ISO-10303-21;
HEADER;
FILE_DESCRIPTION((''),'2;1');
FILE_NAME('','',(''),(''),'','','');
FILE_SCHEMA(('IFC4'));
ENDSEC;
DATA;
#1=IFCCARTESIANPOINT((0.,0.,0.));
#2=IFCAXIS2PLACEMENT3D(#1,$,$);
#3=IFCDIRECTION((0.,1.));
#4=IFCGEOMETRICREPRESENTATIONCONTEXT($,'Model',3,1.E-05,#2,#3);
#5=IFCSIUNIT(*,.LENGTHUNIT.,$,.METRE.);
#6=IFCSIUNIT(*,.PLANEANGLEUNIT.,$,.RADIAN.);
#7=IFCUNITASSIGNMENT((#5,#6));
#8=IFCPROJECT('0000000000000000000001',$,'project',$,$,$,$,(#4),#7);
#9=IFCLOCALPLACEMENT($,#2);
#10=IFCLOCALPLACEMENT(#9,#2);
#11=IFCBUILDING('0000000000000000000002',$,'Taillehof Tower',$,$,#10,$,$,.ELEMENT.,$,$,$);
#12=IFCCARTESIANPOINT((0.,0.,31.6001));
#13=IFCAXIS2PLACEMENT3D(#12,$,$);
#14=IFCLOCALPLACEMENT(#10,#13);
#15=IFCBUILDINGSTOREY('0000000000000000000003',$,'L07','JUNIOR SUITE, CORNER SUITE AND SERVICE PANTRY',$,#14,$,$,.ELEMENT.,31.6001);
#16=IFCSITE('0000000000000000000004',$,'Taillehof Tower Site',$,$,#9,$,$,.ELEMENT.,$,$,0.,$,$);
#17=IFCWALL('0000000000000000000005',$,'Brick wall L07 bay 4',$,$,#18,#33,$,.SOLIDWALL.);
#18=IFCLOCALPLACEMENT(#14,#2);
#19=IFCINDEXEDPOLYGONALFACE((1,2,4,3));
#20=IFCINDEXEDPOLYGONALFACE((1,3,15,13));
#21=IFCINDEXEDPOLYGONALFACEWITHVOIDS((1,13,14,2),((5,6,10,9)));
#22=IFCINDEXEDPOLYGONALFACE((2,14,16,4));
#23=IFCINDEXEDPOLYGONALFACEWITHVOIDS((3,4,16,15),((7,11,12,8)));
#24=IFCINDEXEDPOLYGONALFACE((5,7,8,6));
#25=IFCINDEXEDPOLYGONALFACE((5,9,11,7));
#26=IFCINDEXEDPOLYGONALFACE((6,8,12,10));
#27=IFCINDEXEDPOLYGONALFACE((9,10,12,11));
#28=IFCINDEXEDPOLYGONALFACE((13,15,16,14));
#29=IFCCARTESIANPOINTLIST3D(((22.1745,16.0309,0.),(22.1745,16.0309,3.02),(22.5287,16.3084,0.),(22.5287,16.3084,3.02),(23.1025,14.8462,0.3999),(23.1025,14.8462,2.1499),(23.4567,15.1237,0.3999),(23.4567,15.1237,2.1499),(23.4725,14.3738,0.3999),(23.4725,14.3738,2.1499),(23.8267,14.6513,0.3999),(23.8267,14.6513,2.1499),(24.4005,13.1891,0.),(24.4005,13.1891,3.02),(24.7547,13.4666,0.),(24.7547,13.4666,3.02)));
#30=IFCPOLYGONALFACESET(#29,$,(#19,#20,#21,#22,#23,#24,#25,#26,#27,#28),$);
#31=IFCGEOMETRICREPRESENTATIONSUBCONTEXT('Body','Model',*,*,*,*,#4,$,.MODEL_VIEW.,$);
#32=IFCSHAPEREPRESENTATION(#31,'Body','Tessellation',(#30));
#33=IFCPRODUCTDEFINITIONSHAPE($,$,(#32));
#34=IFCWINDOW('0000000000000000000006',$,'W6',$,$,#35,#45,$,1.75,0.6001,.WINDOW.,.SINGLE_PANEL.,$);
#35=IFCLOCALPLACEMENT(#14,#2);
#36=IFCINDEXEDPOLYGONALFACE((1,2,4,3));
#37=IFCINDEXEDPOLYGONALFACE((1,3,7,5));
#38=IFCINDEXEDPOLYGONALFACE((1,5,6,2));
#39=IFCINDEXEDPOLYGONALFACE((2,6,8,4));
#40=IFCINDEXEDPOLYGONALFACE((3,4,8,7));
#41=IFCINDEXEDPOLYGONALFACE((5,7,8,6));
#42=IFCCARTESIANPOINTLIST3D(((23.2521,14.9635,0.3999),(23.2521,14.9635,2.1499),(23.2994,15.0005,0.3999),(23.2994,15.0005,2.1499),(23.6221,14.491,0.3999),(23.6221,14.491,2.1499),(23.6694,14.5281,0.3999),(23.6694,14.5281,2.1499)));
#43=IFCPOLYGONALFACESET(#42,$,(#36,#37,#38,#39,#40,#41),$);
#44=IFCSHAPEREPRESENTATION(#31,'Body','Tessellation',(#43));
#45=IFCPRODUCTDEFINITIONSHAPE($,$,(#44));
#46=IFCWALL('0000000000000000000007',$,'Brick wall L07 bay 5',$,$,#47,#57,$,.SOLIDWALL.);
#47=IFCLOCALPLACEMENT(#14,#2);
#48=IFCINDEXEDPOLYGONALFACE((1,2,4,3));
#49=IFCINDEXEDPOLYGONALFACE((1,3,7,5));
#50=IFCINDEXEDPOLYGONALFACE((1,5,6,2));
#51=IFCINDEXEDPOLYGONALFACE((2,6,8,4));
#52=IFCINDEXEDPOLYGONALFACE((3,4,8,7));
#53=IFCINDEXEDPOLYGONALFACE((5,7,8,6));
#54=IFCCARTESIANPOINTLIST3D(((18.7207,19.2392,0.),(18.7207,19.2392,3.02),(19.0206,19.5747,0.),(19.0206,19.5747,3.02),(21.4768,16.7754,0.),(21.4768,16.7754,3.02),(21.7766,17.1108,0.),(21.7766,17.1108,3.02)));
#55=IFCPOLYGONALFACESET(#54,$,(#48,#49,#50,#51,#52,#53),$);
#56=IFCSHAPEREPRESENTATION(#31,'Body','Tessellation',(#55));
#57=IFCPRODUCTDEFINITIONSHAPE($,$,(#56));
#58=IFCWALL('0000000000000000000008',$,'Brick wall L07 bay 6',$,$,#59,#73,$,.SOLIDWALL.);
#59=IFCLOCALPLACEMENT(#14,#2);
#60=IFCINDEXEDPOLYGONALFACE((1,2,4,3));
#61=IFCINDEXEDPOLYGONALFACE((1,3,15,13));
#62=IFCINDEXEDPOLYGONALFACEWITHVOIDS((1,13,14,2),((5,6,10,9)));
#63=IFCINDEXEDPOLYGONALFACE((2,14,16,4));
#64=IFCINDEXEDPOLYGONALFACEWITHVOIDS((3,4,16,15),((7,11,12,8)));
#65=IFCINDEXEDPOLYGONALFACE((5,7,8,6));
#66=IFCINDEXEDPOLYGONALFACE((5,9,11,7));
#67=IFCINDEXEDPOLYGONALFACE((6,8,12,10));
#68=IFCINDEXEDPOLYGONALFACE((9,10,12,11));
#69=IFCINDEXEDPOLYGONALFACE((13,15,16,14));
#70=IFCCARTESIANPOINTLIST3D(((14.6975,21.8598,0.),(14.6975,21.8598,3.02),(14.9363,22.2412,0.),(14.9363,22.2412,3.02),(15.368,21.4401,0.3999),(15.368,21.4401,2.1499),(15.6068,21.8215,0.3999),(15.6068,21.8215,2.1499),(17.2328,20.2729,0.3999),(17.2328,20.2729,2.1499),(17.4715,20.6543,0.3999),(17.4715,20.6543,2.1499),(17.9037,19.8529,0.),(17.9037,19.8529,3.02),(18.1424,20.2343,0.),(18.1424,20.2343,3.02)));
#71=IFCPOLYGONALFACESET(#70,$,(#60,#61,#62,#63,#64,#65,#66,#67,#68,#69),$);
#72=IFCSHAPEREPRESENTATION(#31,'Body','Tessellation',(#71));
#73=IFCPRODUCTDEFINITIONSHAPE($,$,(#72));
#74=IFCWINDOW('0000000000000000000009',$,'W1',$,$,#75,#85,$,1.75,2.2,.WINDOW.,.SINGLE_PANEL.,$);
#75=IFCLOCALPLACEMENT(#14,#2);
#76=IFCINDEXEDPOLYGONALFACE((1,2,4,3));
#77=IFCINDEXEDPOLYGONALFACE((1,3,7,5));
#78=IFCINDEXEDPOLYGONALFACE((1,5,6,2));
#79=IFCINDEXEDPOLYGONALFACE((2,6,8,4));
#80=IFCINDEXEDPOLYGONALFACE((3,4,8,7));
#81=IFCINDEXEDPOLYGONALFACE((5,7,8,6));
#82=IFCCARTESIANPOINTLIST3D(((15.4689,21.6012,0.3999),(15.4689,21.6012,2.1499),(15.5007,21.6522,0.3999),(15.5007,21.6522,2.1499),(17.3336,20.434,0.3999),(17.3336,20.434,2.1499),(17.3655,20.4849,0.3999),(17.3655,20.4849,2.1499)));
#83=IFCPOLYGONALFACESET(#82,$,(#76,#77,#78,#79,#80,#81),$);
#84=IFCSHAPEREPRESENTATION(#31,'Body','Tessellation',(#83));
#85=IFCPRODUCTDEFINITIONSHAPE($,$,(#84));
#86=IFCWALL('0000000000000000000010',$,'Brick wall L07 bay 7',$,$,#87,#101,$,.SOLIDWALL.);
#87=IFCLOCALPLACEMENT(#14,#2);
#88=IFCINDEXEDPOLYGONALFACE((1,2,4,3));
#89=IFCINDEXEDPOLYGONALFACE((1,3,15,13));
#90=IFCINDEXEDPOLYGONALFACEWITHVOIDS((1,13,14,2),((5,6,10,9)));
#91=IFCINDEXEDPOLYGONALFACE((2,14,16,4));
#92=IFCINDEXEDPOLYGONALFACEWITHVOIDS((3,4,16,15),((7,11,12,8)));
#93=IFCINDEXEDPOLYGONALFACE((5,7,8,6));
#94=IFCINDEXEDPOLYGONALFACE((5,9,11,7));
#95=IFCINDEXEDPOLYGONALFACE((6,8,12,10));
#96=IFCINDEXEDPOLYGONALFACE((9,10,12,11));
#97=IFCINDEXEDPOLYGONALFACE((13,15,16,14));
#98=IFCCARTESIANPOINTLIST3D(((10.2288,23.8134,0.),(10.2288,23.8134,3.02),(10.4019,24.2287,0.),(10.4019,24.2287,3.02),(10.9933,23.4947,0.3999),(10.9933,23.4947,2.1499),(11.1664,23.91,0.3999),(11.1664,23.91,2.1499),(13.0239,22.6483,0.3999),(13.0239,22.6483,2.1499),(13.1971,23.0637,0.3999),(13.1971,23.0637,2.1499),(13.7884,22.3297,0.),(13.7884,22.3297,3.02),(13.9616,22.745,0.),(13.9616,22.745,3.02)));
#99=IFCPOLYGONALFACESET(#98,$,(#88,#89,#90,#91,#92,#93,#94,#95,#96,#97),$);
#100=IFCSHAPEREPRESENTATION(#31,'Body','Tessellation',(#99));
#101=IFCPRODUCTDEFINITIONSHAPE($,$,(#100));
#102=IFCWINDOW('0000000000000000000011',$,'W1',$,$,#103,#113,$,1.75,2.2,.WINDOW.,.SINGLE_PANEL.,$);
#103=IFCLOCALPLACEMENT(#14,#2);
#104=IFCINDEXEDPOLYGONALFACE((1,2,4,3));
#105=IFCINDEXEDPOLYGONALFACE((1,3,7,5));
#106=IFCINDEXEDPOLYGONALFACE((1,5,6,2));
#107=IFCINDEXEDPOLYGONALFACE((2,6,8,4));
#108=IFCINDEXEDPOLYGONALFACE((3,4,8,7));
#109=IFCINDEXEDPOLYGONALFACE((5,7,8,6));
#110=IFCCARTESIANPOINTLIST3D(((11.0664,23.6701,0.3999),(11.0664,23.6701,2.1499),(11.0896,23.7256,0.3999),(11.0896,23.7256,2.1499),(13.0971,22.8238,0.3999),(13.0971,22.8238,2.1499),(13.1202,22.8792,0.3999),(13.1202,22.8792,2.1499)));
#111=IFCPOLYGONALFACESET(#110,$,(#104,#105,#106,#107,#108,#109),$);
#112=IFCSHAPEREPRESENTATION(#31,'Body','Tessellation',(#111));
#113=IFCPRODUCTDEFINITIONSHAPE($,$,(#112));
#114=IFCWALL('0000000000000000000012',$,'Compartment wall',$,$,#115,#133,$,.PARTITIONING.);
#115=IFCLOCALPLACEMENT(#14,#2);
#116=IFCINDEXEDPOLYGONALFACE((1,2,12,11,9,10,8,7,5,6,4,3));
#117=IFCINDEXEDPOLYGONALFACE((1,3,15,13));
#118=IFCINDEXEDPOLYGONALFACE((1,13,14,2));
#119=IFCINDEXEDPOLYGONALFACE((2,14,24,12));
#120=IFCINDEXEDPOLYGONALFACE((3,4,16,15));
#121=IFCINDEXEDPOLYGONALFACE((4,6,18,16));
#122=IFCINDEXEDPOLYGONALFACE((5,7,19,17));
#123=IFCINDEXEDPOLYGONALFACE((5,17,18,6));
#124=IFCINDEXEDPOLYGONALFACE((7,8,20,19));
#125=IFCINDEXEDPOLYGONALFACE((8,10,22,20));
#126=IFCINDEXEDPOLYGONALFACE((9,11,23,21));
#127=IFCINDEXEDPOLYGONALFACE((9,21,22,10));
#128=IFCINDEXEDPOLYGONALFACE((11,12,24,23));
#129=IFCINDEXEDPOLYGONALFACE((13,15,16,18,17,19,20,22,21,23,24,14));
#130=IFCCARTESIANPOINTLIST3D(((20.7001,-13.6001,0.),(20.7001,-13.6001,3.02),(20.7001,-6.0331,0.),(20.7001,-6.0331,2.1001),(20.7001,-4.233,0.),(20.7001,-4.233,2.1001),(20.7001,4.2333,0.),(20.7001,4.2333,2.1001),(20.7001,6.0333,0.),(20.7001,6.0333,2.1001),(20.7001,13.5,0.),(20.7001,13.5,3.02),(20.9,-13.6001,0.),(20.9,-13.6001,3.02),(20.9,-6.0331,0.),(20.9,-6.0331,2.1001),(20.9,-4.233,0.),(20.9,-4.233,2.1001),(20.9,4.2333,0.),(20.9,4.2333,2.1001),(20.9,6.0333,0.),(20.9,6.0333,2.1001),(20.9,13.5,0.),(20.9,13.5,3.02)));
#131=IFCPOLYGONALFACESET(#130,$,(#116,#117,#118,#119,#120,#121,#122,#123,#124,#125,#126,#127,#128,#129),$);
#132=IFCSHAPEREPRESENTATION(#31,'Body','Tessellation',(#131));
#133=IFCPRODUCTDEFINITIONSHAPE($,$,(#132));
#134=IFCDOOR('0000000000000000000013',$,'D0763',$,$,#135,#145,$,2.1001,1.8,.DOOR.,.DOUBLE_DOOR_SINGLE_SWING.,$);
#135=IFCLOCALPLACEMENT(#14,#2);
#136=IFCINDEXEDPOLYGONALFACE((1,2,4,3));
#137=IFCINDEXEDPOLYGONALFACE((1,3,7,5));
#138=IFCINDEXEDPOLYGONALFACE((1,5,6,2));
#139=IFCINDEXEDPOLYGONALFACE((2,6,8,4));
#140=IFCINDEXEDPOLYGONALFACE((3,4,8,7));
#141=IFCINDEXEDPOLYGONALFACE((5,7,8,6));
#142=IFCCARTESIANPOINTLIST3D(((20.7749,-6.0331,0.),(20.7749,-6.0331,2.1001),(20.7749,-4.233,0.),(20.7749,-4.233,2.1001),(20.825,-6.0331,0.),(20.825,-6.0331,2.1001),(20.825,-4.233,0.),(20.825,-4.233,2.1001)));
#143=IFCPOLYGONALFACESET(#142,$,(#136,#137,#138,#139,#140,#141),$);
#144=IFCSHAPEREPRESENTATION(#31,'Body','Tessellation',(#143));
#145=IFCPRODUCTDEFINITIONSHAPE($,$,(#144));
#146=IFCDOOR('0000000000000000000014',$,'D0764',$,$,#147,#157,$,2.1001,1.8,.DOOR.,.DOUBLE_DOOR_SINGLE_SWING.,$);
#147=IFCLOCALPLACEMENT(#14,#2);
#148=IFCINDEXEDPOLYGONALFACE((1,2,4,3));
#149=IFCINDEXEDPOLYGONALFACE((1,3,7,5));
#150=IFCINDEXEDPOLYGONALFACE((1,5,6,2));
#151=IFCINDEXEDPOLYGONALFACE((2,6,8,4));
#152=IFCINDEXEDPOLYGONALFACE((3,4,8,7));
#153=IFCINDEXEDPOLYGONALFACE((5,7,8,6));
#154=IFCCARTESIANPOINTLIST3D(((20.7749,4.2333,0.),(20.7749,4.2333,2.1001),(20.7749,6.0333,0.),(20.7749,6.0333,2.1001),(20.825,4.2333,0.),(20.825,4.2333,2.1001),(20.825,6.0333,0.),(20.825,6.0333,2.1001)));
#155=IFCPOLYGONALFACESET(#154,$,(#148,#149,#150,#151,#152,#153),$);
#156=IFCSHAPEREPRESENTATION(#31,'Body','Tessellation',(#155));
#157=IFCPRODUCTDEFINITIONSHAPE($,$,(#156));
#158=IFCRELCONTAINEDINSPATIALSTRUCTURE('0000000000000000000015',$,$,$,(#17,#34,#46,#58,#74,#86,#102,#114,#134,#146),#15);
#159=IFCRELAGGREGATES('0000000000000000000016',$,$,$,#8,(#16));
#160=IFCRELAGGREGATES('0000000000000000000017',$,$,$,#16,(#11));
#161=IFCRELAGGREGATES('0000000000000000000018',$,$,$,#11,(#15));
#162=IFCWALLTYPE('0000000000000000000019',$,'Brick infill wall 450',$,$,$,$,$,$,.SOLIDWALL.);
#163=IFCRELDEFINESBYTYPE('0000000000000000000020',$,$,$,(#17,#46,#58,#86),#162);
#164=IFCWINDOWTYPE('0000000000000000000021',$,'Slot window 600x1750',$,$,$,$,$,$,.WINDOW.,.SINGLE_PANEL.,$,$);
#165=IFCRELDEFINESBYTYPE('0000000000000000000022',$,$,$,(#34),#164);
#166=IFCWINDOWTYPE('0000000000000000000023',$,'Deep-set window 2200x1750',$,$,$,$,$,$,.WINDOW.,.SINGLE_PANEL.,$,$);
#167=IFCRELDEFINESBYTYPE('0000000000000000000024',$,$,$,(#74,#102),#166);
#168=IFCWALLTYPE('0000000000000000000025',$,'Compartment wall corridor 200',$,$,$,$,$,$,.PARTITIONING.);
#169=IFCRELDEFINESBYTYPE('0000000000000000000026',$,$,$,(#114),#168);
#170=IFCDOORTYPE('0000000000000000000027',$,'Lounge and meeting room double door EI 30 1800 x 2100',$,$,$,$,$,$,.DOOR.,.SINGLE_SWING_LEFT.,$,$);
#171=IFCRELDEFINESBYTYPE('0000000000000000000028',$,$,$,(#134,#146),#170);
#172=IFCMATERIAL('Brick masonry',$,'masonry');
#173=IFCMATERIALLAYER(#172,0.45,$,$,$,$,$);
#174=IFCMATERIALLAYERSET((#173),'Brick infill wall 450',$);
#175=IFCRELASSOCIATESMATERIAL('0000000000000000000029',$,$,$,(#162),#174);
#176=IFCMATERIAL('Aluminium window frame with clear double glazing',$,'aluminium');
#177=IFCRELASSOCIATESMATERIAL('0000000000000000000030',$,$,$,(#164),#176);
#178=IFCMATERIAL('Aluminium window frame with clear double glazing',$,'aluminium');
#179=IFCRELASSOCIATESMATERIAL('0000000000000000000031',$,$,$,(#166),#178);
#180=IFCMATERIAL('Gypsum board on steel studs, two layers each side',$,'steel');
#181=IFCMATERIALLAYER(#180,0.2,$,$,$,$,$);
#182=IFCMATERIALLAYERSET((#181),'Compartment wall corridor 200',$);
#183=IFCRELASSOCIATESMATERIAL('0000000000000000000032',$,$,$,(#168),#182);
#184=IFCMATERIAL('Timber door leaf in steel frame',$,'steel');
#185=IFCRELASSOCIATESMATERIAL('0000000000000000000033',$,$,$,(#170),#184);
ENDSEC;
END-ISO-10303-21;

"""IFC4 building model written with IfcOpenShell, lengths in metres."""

from ifc_helpers import new_model, si_unit, direction, frame, frame_2d, origin, place, context, subcontext, project, spatial, rectangle, extrude, material, layer, layer_set, type_object, element, fill, save


model = new_model("IFC4")

# Units and contexts
model_context = context("Model", 3, precision=1e-05, world=origin(), true_north=direction((0.0, 1.0)))
body_context = subcontext(model_context, "Body", "Model", "MODEL_VIEW")
ifc_project = project(units=[si_unit("LENGTHUNIT", "METRE"), si_unit("PLANEANGLEUNIT", "RADIAN")], contexts=[model_context])

# Site, building, storey
site_placement = place(None, origin())
site = spatial("IfcSite", under=ifc_project, at=site_placement, Name="Taillehof Tower Site", CompositionType="ELEMENT", RefElevation=0.0)
building_placement = place(site_placement, origin())
building = spatial("IfcBuilding", under=site, at=building_placement, Name="Taillehof Tower", CompositionType="ELEMENT")
storey_placement = place(building_placement, frame((0.0, 0.0, 31.6001)))
storey = spatial("IfcBuildingStorey", under=building, at=storey_placement, Name="L07", Description="JUNIOR SUITE, CORNER SUITE AND SERVICE PANTRY", CompositionType="ELEMENT", Elevation=31.6001)

# Wall, opening, window
ifc_material_1 = material(Name="Brick masonry", Category="masonry")
ifc_layer_1 = layer(ifc_material_1, 0.45)
ifc_layer_set_1 = layer_set([ifc_layer_1], Name="Brick infill wall 450")
wall_type_1 = type_object("IfcWallType", Name="Brick infill wall 450", PredefinedType="SOLIDWALL", material=ifc_layer_set_1)
wall_1_placement = place(storey_placement, frame((24.5776, 13.3279, 0.0), z_axis=(0.0, 0.0, 1.0), x_axis=(-0.616662, 0.787228, 0.0)))
wall_1 = element("IfcWall", 1, at=wall_1_placement, inside=storey, type_object=wall_type_1, Name="Brick wall L07 bay 4", PredefinedType="SOLIDWALL", context=body_context, shape_type="SweptSolid", body=[
    extrude(rectangle(XDim=3.6099, YDim=0.45, at=frame_2d((1.8049, 0.0))), origin(), (0.0, 0.0, 1.0), 3.02),
])
opening_1_placement = place(wall_1_placement, frame((1.5049, 0.0, 0.3999)))
opening_1 = element("IfcOpeningElement", 2, at=opening_1_placement, cuts=wall_1, PredefinedType="OPENING", context=body_context, shape_type="SweptSolid", body=[
    extrude(rectangle(XDim=0.6001, YDim=1.75, at=frame_2d((0.3, 0.875))), frame((0.0, 0.2349, 0.0), z_axis=(0.0, -1.0, 0.0), x_axis=(1.0, 0.0, 0.0)), (0.0, 0.0, 1.0), 0.47),
])
ifc_material_2 = material(Name="Aluminium window frame with clear double glazing", Category="aluminium")
window_type_1 = type_object("IfcWindowType", Name="Slot window 600x1750", PartitioningType="SINGLE_PANEL", PredefinedType="WINDOW", material=ifc_material_2)
window_1_placement = place(opening_1_placement, origin())
window_1 = element("IfcWindow", 3, at=window_1_placement, inside=storey, type_object=window_type_1, Name="W6", OverallHeight=1.75, OverallWidth=0.6001, PartitioningType="SINGLE_PANEL", PredefinedType="WINDOW", context=body_context, shape_type="SweptSolid", body=[
    extrude(rectangle(XDim=0.6001, YDim=1.75, at=frame_2d((0.3, 0.875))), frame((0.0, 0.0349, 0.0), z_axis=(0.0, -1.0, 0.0), x_axis=(1.0, 0.0, 0.0)), (0.0, 0.0, 1.0), 0.0601),
])
fill(opening_1, window_1)

# Wall
wall_2_placement = place(storey_placement, frame((21.6267, 16.9431, 0.0), z_axis=(0.0, 0.0, 1.0), x_axis=(-0.745526, 0.666476, 0.0)))
element("IfcWall", 4, at=wall_2_placement, inside=storey, type_object=wall_type_1, Name="Brick wall L07 bay 5", PredefinedType="SOLIDWALL", context=body_context, shape_type="SweptSolid", body=[
    extrude(rectangle(XDim=3.6968, YDim=0.45, at=frame_2d((1.8484, 0.0))), origin(), (0.0, 0.0, 1.0), 3.02),
])

# Walls, openings, windows
wall_3_placement = place(storey_placement, frame((18.0229, 20.0437, 0.0), z_axis=(0.0, 0.0, 1.0), x_axis=(-0.847635, 0.530579, 0.0)))
wall_3 = element("IfcWall", 5, at=wall_3_placement, inside=storey, type_object=wall_type_1, Name="Brick wall L07 bay 6", PredefinedType="SOLIDWALL", context=body_context, shape_type="SweptSolid", body=[
    extrude(rectangle(XDim=3.7825, YDim=0.45, at=frame_2d((1.8911, 0.0))), origin(), (0.0, 0.0, 1.0), 3.02),
])
opening_2_placement = place(wall_3_placement, frame((0.7913, 0.0, 0.3999)))
opening_2 = element("IfcOpeningElement", 6, at=opening_2_placement, cuts=wall_3, PredefinedType="OPENING", context=body_context, shape_type="SweptSolid", body=[
    extrude(rectangle(XDim=2.2, YDim=1.75, at=frame_2d((1.1001, 0.875))), frame((0.0, 0.2349, 0.0), z_axis=(0.0, -1.0, 0.0), x_axis=(1.0, 0.0, 0.0)), (0.0, 0.0, 1.0), 0.47),
])
ifc_material_3 = material(Name="Aluminium window frame with clear double glazing", Category="aluminium")
window_type_2 = type_object("IfcWindowType", Name="Deep-set window 2200x1750", PartitioningType="SINGLE_PANEL", PredefinedType="WINDOW", material=ifc_material_3)
window_2_placement = place(opening_2_placement, origin())
window_2 = element("IfcWindow", 7, at=window_2_placement, inside=storey, type_object=window_type_2, Name="W1", OverallHeight=1.75, OverallWidth=2.2, PartitioningType="SINGLE_PANEL", PredefinedType="WINDOW", context=body_context, shape_type="SweptSolid", body=[
    extrude(rectangle(XDim=2.2, YDim=1.75, at=frame_2d((1.1001, 0.875))), frame((0.0, 0.0349, 0.0), z_axis=(0.0, -1.0, 0.0), x_axis=(1.0, 0.0, 0.0)), (0.0, 0.0, 1.0), 0.0601),
])
fill(opening_2, window_2)
wall_4_placement = place(storey_placement, frame((13.875, 22.5374, 0.0), z_axis=(0.0, 0.0, 1.0), x_axis=(-0.923032, 0.384723, 0.0)))
wall_4 = element("IfcWall", 8, at=wall_4_placement, inside=storey, type_object=wall_type_1, Name="Brick wall L07 bay 7", PredefinedType="SOLIDWALL", context=body_context, shape_type="SweptSolid", body=[
    extrude(rectangle(XDim=3.8564, YDim=0.45, at=frame_2d((1.9282, 0.0))), origin(), (0.0, 0.0, 1.0), 3.02),
])
opening_3_placement = place(wall_4_placement, frame((0.8281, 0.0, 0.3999)))
opening_3 = element("IfcOpeningElement", 9, at=opening_3_placement, cuts=wall_4, PredefinedType="OPENING", context=body_context, shape_type="SweptSolid", body=[
    extrude(rectangle(XDim=2.2, YDim=1.75, at=frame_2d((1.1001, 0.875))), frame((0.0, 0.2349, 0.0), z_axis=(0.0, -1.0, 0.0), x_axis=(1.0, 0.0, 0.0)), (0.0, 0.0, 1.0), 0.47),
])
window_3_placement = place(opening_3_placement, origin())
window_3 = element("IfcWindow", 10, at=window_3_placement, inside=storey, type_object=window_type_2, Name="W1", OverallHeight=1.75, OverallWidth=2.2, PartitioningType="SINGLE_PANEL", PredefinedType="WINDOW", context=body_context, shape_type="SweptSolid", body=[
    extrude(rectangle(XDim=2.2, YDim=1.75, at=frame_2d((1.1001, 0.875))), frame((0.0, 0.0349, 0.0), z_axis=(0.0, -1.0, 0.0), x_axis=(1.0, 0.0, 0.0)), (0.0, 0.0, 1.0), 0.0601),
])
fill(opening_3, window_3)

# Wall, openings, doors
ifc_material_4 = material(Name="Gypsum board on steel studs, two layers each side", Category="steel")
ifc_layer_2 = layer(ifc_material_4, 0.2)
ifc_layer_set_2 = layer_set([ifc_layer_2], Name="Compartment wall corridor 200")
wall_type_2 = type_object("IfcWallType", Name="Compartment wall corridor 200", PredefinedType="PARTITIONING", material=ifc_layer_set_2)
wall_5_placement = place(storey_placement, frame((20.8, 13.5, 0.0), z_axis=(0.0, 0.0, 1.0), x_axis=(0.0, -1.0, 0.0)))
wall_5 = element("IfcWall", 11, at=wall_5_placement, inside=storey, type_object=wall_type_2, Name="Compartment wall", PredefinedType="PARTITIONING", context=body_context, shape_type="SweptSolid", body=[
    extrude(rectangle(XDim=27.1001, YDim=0.2, at=frame_2d((13.55, 0.0))), origin(), (0.0, 0.0, 1.0), 3.02),
])
opening_4_placement = place(wall_5_placement, frame((17.7332, 0.0, 0.0)))
opening_4 = element("IfcOpeningElement", 12, at=opening_4_placement, cuts=wall_5, PredefinedType="OPENING", context=body_context, shape_type="SweptSolid", body=[
    extrude(rectangle(XDim=1.8, YDim=2.1001, at=frame_2d((0.8999, 1.05))), frame((0.0, 0.1099, 0.0), z_axis=(0.0, -1.0, 0.0), x_axis=(1.0, 0.0, 0.0)), (0.0, 0.0, 1.0), 0.22),
])
opening_5_placement = place(wall_5_placement, frame((7.4668, 0.0, 0.0)))
opening_5 = element("IfcOpeningElement", 13, at=opening_5_placement, cuts=wall_5, PredefinedType="OPENING", context=body_context, shape_type="SweptSolid", body=[
    extrude(rectangle(XDim=1.8, YDim=2.1001, at=frame_2d((0.8999, 1.05))), frame((0.0, 0.1099, 0.0), z_axis=(0.0, -1.0, 0.0), x_axis=(1.0, 0.0, 0.0)), (0.0, 0.0, 1.0), 0.22),
])
ifc_material_5 = material(Name="Timber door leaf in steel frame", Category="steel")
door_type_1 = type_object("IfcDoorType", Name="Lounge and meeting room double door EI 30 1800 x 2100", OperationType="SINGLE_SWING_LEFT", PredefinedType="DOOR", material=ifc_material_5)
door_1_placement = place(opening_4_placement, origin())
door_1 = element("IfcDoor", 14, at=door_1_placement, inside=storey, type_object=door_type_1, Name="D0763", OperationType="DOUBLE_DOOR_SINGLE_SWING", OverallHeight=2.1001, OverallWidth=1.8, PredefinedType="DOOR", context=body_context, shape_type="SweptSolid", body=[
    extrude(rectangle(XDim=1.8, YDim=2.1001, at=frame_2d((0.8999, 1.05))), frame((0.0, 0.0249, 0.0), z_axis=(0.0, -1.0, 0.0), x_axis=(1.0, 0.0, 0.0)), (0.0, 0.0, 1.0), 0.05),
])
fill(opening_4, door_1)
door_2_placement = place(opening_5_placement, origin())
door_2 = element("IfcDoor", 15, at=door_2_placement, inside=storey, type_object=door_type_1, Name="D0764", OperationType="DOUBLE_DOOR_SINGLE_SWING", OverallHeight=2.1001, OverallWidth=1.8, PredefinedType="DOOR", context=body_context, shape_type="SweptSolid", body=[
    extrude(rectangle(XDim=1.8, YDim=2.1001, at=frame_2d((0.8999, 1.05))), frame((0.0, 0.0249, 0.0), z_axis=(0.0, -1.0, 0.0), x_axis=(1.0, 0.0, 0.0)), (0.0, 0.0, 1.0), 0.05),
])
fill(opening_5, door_2)

save(model, "model.ifc")
